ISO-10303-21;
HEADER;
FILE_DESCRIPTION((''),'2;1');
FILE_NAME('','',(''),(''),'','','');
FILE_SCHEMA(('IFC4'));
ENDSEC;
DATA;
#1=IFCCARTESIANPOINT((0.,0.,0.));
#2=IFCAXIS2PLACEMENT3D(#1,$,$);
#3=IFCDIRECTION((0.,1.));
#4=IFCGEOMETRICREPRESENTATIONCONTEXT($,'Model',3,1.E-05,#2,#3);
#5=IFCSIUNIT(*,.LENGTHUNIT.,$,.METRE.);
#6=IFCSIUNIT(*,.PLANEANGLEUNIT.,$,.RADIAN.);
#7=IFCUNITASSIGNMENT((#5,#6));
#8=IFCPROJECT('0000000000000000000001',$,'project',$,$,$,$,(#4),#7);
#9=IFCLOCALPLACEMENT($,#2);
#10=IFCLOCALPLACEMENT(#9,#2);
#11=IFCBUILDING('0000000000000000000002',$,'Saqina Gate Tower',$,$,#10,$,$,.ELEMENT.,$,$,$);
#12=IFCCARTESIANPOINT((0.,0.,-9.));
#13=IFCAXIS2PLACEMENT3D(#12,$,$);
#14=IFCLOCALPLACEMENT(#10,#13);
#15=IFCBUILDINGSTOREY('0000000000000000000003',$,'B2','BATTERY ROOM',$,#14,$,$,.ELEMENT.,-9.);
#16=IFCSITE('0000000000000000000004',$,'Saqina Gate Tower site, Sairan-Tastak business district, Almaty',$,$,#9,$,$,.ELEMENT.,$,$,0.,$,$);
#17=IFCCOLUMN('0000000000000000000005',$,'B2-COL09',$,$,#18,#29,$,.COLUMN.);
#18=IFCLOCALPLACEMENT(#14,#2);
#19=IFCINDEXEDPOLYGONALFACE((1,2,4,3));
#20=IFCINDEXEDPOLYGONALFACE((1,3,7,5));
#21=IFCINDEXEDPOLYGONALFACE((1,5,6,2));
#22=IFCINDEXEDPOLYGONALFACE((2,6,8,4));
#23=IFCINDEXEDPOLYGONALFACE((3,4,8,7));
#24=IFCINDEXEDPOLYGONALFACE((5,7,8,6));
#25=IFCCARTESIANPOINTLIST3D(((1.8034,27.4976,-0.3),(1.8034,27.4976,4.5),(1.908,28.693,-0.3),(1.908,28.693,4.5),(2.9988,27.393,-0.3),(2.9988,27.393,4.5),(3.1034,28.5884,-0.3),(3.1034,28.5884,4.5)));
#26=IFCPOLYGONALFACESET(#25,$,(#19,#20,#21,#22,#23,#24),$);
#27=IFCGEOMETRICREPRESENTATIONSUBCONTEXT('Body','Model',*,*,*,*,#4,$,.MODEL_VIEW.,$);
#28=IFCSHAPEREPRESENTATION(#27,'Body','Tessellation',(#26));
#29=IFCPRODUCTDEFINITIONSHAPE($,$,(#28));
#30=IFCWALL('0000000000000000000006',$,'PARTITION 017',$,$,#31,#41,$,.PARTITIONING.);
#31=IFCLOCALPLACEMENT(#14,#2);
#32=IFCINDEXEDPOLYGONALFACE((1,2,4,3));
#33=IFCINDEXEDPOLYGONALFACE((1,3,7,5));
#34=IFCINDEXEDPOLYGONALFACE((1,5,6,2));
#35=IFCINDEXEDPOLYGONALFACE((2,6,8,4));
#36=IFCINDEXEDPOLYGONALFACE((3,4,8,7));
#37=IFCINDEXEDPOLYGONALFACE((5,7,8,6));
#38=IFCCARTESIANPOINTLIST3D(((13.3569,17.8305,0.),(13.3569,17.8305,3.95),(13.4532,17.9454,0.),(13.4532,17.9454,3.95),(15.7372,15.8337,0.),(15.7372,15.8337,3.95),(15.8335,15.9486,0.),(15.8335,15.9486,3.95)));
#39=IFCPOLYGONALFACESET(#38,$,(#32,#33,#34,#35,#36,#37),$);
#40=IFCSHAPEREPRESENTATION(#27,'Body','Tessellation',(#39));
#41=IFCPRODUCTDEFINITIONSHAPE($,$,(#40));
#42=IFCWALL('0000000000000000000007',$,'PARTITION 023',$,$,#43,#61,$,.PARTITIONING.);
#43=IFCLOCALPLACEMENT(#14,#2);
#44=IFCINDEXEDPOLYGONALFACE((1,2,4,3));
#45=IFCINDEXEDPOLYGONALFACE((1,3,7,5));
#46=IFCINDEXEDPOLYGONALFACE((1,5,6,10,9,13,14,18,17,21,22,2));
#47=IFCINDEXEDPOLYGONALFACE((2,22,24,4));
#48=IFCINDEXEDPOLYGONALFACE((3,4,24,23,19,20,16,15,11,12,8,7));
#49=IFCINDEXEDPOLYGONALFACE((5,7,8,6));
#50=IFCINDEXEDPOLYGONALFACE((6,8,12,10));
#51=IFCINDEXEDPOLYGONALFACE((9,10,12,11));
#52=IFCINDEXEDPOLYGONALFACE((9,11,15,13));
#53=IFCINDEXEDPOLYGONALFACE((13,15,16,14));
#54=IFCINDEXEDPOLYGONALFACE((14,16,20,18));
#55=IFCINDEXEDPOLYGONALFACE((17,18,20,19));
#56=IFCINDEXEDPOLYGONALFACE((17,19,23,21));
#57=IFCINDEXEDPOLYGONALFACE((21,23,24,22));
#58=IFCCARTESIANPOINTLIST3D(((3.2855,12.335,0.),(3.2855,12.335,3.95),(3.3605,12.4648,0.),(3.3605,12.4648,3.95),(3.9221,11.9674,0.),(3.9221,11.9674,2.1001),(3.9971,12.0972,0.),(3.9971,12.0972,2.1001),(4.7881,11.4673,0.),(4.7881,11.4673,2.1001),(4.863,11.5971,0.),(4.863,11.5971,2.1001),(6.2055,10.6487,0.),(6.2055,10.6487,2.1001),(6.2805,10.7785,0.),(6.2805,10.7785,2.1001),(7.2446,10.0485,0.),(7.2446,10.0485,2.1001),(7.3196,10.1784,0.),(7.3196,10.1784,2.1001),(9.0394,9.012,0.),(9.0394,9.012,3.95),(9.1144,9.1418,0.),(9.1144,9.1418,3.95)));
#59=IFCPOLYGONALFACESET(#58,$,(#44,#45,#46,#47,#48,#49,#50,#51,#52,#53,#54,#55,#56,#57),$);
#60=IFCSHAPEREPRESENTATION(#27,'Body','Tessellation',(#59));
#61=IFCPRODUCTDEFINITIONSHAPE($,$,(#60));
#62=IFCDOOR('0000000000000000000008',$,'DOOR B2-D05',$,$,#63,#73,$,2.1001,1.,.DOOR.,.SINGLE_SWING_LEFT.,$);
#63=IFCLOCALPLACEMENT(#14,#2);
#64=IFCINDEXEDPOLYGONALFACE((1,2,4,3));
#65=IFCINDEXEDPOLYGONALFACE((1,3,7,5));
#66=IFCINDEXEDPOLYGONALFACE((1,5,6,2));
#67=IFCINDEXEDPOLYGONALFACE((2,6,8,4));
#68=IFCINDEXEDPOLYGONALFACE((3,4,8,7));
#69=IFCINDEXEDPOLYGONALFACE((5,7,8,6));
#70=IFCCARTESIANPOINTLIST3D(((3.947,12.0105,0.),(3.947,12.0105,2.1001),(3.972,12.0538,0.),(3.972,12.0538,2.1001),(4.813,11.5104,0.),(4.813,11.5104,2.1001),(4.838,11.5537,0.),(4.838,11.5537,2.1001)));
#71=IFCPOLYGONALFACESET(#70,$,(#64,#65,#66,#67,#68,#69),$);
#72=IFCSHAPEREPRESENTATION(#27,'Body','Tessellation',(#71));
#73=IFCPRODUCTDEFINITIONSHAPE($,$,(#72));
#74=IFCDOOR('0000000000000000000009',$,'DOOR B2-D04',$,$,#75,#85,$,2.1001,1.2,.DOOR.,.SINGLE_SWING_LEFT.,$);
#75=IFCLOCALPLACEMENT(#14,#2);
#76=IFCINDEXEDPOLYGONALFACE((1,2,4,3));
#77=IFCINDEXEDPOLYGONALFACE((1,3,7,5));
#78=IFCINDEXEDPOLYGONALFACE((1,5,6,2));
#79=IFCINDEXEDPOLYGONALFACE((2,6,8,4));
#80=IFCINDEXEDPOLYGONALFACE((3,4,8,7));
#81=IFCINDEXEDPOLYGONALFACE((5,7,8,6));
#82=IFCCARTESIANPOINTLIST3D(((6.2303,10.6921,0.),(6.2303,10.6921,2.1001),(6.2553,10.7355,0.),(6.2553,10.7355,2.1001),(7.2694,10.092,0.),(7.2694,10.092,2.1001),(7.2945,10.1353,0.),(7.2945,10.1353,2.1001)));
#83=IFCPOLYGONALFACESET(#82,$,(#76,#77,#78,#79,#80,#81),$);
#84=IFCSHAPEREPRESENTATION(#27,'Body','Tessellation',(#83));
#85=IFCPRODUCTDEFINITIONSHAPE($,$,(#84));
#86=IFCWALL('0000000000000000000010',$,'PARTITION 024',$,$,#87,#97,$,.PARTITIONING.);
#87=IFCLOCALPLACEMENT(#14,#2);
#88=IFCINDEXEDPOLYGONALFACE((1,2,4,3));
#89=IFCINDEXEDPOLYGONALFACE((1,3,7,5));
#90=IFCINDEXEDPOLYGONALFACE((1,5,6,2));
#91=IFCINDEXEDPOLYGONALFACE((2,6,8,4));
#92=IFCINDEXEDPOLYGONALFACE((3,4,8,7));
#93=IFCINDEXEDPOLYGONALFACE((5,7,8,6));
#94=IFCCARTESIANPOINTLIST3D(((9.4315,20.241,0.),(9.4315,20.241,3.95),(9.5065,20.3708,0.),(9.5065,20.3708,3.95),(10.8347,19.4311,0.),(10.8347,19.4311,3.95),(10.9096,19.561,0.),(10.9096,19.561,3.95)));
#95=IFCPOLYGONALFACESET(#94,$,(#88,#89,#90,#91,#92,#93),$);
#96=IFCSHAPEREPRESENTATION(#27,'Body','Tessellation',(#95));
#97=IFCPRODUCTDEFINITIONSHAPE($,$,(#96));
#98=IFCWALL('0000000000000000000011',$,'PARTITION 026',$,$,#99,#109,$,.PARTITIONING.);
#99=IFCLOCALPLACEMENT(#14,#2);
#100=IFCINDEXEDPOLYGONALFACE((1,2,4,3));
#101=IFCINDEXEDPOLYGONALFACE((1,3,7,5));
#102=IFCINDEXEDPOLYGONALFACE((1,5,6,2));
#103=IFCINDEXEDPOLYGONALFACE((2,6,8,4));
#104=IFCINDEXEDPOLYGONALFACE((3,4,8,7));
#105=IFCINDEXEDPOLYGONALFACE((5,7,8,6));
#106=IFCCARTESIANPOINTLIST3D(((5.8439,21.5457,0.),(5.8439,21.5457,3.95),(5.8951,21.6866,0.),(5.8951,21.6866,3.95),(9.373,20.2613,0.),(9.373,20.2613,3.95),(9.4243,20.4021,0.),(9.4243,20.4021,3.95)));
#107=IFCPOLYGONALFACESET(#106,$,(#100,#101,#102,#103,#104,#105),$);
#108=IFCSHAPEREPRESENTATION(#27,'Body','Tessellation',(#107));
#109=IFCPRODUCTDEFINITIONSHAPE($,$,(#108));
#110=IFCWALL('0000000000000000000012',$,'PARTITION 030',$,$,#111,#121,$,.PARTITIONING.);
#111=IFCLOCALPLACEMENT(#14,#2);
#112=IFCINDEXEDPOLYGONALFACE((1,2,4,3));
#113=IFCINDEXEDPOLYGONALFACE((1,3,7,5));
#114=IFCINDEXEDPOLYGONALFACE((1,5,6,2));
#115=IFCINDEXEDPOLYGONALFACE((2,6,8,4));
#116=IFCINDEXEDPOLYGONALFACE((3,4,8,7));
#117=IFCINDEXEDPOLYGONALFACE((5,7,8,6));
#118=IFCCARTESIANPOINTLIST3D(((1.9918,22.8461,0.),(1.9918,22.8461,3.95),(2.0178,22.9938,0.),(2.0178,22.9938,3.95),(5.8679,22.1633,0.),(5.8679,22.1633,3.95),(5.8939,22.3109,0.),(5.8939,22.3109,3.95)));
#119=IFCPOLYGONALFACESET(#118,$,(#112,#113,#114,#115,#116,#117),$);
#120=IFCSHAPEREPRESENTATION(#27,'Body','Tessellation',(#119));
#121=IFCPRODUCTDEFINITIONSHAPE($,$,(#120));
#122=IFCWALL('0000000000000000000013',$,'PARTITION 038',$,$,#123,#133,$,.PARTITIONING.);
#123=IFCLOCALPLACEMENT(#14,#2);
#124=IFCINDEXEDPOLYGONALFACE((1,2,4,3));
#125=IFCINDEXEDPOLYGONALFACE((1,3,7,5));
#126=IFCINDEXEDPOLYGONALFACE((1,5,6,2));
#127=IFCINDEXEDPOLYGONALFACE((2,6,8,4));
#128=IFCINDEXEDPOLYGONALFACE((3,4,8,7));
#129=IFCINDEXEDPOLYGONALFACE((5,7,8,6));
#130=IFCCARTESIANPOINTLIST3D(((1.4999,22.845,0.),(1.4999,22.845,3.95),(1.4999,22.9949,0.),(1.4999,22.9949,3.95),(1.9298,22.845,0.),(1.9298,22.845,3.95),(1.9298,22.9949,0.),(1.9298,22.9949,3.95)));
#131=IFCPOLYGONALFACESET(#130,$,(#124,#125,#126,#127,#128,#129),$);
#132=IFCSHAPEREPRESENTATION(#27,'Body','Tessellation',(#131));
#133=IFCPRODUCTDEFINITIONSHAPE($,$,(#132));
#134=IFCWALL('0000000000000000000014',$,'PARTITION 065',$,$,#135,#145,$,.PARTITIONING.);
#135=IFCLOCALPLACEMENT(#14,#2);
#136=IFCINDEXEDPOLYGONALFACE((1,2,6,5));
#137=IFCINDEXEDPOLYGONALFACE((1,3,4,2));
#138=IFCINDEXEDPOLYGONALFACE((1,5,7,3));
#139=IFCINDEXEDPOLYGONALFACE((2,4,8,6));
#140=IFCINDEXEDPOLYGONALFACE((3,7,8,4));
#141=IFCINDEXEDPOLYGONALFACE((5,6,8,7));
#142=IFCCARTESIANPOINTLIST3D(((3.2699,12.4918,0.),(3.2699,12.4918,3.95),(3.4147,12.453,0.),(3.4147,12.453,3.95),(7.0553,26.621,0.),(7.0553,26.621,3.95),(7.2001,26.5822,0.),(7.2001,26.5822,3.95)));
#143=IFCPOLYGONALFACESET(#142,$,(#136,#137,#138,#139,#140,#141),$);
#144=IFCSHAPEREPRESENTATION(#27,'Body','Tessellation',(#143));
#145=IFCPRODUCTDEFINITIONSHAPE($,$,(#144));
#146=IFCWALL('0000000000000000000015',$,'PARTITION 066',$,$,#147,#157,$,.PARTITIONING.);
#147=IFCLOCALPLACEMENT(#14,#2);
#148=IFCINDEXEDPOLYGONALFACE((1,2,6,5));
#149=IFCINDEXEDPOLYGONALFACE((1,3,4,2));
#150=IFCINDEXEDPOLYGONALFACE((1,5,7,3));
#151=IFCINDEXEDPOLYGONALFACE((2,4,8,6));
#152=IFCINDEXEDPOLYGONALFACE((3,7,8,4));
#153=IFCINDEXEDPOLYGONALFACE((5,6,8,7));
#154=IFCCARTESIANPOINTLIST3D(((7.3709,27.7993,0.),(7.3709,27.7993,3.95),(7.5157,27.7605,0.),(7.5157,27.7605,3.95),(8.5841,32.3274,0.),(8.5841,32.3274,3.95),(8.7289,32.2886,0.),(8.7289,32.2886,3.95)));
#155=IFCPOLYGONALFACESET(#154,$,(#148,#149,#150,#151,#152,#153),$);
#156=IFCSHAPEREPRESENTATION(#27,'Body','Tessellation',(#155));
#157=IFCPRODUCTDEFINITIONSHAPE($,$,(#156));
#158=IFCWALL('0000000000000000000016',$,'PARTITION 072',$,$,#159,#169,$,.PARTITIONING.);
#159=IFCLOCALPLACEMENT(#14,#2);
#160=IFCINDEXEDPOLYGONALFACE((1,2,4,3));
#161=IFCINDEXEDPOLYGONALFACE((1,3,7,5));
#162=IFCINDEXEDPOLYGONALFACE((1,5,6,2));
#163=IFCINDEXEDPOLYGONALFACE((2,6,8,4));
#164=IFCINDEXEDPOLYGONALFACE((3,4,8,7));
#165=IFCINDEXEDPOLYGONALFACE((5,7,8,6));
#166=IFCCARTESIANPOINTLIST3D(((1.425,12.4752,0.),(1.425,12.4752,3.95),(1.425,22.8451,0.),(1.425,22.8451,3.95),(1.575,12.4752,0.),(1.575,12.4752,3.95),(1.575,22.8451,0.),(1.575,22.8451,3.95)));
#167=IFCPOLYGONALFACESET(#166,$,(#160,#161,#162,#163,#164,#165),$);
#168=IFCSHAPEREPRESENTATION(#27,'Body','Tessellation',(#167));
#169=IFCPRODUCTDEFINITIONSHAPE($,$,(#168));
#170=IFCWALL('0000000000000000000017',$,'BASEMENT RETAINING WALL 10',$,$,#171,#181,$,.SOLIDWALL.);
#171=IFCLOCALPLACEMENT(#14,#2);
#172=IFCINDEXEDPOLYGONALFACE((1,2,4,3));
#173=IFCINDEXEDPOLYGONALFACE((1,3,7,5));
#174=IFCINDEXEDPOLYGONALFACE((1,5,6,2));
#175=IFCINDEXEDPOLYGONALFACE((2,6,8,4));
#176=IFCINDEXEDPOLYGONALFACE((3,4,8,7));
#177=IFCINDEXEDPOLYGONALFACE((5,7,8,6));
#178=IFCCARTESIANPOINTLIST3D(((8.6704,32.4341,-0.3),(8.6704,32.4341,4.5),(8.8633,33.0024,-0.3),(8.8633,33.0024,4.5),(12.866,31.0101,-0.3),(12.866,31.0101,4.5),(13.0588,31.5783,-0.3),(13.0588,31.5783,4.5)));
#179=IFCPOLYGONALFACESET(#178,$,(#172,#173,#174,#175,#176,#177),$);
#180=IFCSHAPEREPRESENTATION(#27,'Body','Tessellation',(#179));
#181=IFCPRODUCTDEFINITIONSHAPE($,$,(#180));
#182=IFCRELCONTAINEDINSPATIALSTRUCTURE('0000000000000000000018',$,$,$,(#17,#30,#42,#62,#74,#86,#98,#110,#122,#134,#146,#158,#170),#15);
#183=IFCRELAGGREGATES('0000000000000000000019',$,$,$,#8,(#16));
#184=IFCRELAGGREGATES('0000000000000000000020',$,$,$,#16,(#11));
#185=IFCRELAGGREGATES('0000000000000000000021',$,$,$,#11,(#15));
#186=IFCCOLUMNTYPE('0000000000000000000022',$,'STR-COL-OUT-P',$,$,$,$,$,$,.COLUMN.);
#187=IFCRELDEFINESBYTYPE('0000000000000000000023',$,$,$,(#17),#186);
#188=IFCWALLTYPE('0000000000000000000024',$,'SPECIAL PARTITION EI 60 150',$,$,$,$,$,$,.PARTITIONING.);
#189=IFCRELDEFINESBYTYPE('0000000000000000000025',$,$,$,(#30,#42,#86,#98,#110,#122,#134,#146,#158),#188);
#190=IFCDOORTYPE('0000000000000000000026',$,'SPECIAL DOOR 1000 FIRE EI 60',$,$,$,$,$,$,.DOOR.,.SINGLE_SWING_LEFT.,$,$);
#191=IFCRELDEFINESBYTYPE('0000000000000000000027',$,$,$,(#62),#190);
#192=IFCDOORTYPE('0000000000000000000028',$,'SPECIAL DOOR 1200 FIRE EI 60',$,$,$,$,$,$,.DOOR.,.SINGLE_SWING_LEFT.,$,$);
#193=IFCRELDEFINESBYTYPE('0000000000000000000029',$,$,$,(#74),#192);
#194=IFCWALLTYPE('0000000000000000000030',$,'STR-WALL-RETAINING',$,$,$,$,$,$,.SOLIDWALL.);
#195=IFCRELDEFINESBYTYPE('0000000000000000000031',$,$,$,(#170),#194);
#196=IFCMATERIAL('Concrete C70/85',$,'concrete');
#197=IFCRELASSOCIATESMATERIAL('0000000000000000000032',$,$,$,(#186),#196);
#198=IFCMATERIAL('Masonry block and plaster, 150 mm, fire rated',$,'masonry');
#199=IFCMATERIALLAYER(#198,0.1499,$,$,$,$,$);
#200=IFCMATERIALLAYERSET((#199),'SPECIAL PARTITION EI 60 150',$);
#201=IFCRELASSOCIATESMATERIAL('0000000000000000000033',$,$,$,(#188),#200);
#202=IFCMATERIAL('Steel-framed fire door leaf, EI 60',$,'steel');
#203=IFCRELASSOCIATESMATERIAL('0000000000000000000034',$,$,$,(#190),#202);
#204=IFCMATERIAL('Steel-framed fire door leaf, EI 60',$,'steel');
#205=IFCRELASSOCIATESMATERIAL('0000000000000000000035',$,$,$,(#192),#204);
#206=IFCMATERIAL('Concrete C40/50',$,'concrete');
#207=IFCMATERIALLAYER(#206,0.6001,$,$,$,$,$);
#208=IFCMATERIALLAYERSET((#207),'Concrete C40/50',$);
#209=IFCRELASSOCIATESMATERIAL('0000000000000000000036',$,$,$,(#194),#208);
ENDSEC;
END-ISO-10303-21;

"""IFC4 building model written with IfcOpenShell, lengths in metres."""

from ifc_helpers import new_model, si_unit, direction, frame, frame_2d, origin, origin_2d, place, context, subcontext, project, spatial, rectangle, extrude, material, layer, layer_set, material_profile, profile_set, type_object, element, fill, save


model = new_model("IFC4")

# Units and contexts
model_context = context("Model", 3, precision=1e-05, world=origin(), true_north=direction((0.0, 1.0)))
body_context = subcontext(model_context, "Body", "Model", "MODEL_VIEW")
ifc_project = project(units=[si_unit("LENGTHUNIT", "METRE"), si_unit("PLANEANGLEUNIT", "RADIAN")], contexts=[model_context])

# Site, building, storey
site_placement = place(None, origin())
site = spatial("IfcSite", under=ifc_project, at=site_placement, Name="Saqina Gate Tower site, Sairan-Tastak business district, Almaty", CompositionType="ELEMENT", RefElevation=0.0)
building_placement = place(site_placement, origin())
building = spatial("IfcBuilding", under=site, at=building_placement, Name="Saqina Gate Tower", CompositionType="ELEMENT")
storey_placement = place(building_placement, frame((0.0, 0.0, -9.0)))
storey = spatial("IfcBuildingStorey", under=building, at=storey_placement, Name="B2", Description="BATTERY ROOM", CompositionType="ELEMENT", Elevation=-9.0)

# Column
ifc_material_1 = material(Name="Concrete C70/85", Category="concrete")
ifc_material_profile_1 = material_profile(ifc_material_1, rectangle(XDim=1.2, YDim=1.2, at=origin_2d()), Name="RC 1200x1200")
ifc_profile_set_1 = profile_set([ifc_material_profile_1], Name="Concrete C70/85")
column_type_1 = type_object("IfcColumnType", Name="STR-COL-OUT-P", PredefinedType="COLUMN", material=ifc_profile_set_1)
for number, where, z_axis, x_axis, name in (
    (1, (2.4534, 28.043, -0.3), (0.0, 0.0, 1.0), (0.087156, 0.996195, 0.0), "B2-COL09"),
):
    element("IfcColumn", number, at=place(storey_placement, frame(where, z_axis=z_axis, x_axis=x_axis)), inside=storey, type_object=column_type_1, Name=name, PredefinedType="COLUMN", context=body_context, shape_type="SweptSolid", body=[
        extrude(rectangle(XDim=1.2, YDim=1.2, at=origin_2d()), origin(), (0.0, 0.0, 1.0), 4.8),
    ])

# Wall
ifc_material_2 = material(Name="Masonry block and plaster, 150 mm, fire rated", Category="masonry")
ifc_layer_1 = layer(ifc_material_2, 0.1499)
ifc_layer_set_1 = layer_set([ifc_layer_1], Name="SPECIAL PARTITION EI 60 150")
wall_type_1 = type_object("IfcWallType", Name="SPECIAL PARTITION EI 60 150", PredefinedType="PARTITIONING", material=ifc_layer_set_1)
wall_1_placement = place(storey_placement, frame((13.405, 17.8879, 0.0), z_axis=(0.0, 0.0, 1.0), x_axis=(0.76613, -0.642685, 0.0)))
element("IfcWall", 2, at=wall_1_placement, inside=storey, type_object=wall_type_1, Name="PARTITION 017", PredefinedType="PARTITIONING", context=body_context, shape_type="SweptSolid", body=[
    extrude(rectangle(XDim=3.1069, YDim=0.1499, at=frame_2d((1.5535, 0.0))), origin(), (0.0, 0.0, 1.0), 3.95),
])

# Wall, openings, doors
wall_2_placement = place(storey_placement, frame((3.323, 12.3999, 0.0), z_axis=(0.0, 0.0, 1.0), x_axis=(0.865962, -0.50011, 0.0)))
wall_2 = element("IfcWall", 3, at=wall_2_placement, inside=storey, type_object=wall_type_1, Name="PARTITION 023", PredefinedType="PARTITIONING", context=body_context, shape_type="SweptSolid", body=[
    extrude(rectangle(XDim=6.6445, YDim=0.1499, at=frame_2d((3.3223, 0.0))), origin(), (0.0, 0.0, 1.0), 3.95),
])
opening_1_placement = place(wall_2_placement, frame((3.3718, 0.0, 0.0)))
opening_1 = element("IfcOpeningElement", 4, at=opening_1_placement, cuts=wall_2, PredefinedType="OPENING", context=body_context, shape_type="SweptSolid", body=[
    extrude(rectangle(XDim=1.2, YDim=2.1001, at=frame_2d((0.6001, 1.05))), frame((0.0, 0.0869, 0.0), z_axis=(0.0, -1.0, 0.0), x_axis=(1.0, 0.0, 0.0)), (0.0, 0.0, 1.0), 0.1738),
])
opening_2_placement = place(wall_2_placement, frame((0.7351, 0.0, 0.0)))
opening_2 = element("IfcOpeningElement", 5, at=opening_2_placement, cuts=wall_2, PredefinedType="OPENING", context=body_context, shape_type="SweptSolid", body=[
    extrude(rectangle(XDim=1.0, YDim=2.1001, at=frame_2d((0.5, 1.05))), frame((0.0, 0.0869, 0.0), z_axis=(0.0, -1.0, 0.0), x_axis=(1.0, 0.0, 0.0)), (0.0, 0.0, 1.0), 0.1738),
])
ifc_material_3 = material(Name="Steel-framed fire door leaf, EI 60", Category="steel")
door_type_1 = type_object("IfcDoorType", Name="SPECIAL DOOR 1000 FIRE EI 60", OperationType="SINGLE_SWING_LEFT", PredefinedType="DOOR", material=ifc_material_3)
door_1_placement = place(opening_2_placement, origin())
door_1 = element("IfcDoor", 6, at=door_1_placement, inside=storey, type_object=door_type_1, Name="DOOR B2-D05", OperationType="SINGLE_SWING_LEFT", OverallHeight=2.1001, OverallWidth=1.0, PredefinedType="DOOR", context=body_context, shape_type="SweptSolid", body=[
    extrude(rectangle(XDim=1.0, YDim=2.1001, at=frame_2d((0.5, 1.05))), frame((0.0, 0.0249, 0.0), z_axis=(0.0, -1.0, 0.0), x_axis=(1.0, 0.0, 0.0)), (0.0, 0.0, 1.0), 0.05),
])
fill(opening_2, door_1)
ifc_material_4 = material(Name="Steel-framed fire door leaf, EI 60", Category="steel")
door_type_2 = type_object("IfcDoorType", Name="SPECIAL DOOR 1200 FIRE EI 60", OperationType="SINGLE_SWING_LEFT", PredefinedType="DOOR", material=ifc_material_4)
door_2_placement = place(opening_1_placement, frame((1.2, 0.0, 0.0), z_axis=(0.0, 0.0, 1.0), x_axis=(-1.0, 0.0, 0.0)))
door_2 = element("IfcDoor", 7, at=door_2_placement, inside=storey, type_object=door_type_2, Name="DOOR B2-D04", OperationType="SINGLE_SWING_LEFT", OverallHeight=2.1001, OverallWidth=1.2, PredefinedType="DOOR", context=body_context, shape_type="SweptSolid", body=[
    extrude(rectangle(XDim=1.2, YDim=2.1001, at=frame_2d((0.6001, 1.05))), frame((0.0, 0.0249, 0.0), z_axis=(0.0, -1.0, 0.0), x_axis=(1.0, 0.0, 0.0)), (0.0, 0.0, 1.0), 0.05),
])
fill(opening_1, door_2)

# Walls
wall_3_placement = place(storey_placement, frame((9.469, 20.3059, 0.0), z_axis=(0.0, 0.0, 1.0), x_axis=(0.866093, -0.499883, 0.0)))
element("IfcWall", 8, at=wall_3_placement, inside=storey, type_object=wall_type_1, Name="PARTITION 024", PredefinedType="PARTITIONING", context=body_context, shape_type="SweptSolid", body=[
    extrude(rectangle(XDim=1.6201, YDim=0.1499, at=frame_2d((0.8101, 0.0))), origin(), (0.0, 0.0, 1.0), 3.95),
])
wall_4_placement = place(storey_placement, frame((5.8694, 21.6162, 0.0), z_axis=(0.0, 0.0, 1.0), x_axis=(0.939697, -0.342009, 0.0)))
element("IfcWall", 9, at=wall_4_placement, inside=storey, type_object=wall_type_1, Name="PARTITION 026", PredefinedType="PARTITIONING", context=body_context, shape_type="SweptSolid", body=[
    extrude(rectangle(XDim=3.7556, YDim=0.1499, at=frame_2d((1.8779, 0.0))), origin(), (0.0, 0.0, 1.0), 3.95),
])
wall_5_placement = place(storey_placement, frame((2.0049, 22.9199, 0.0), z_axis=(0.0, 0.0, 1.0), x_axis=(0.984835, -0.173495, 0.0)))
element("IfcWall", 10, at=wall_5_placement, inside=storey, type_object=wall_type_1, Name="PARTITION 030", PredefinedType="PARTITIONING", context=body_context, shape_type="SweptSolid", body=[
    extrude(rectangle(XDim=3.9358, YDim=0.1499, at=frame_2d((1.9678, 0.0))), origin(), (0.0, 0.0, 1.0), 3.95),
])
wall_6_placement = place(storey_placement, frame((1.5, 22.9199, 0.0), z_axis=(0.0, 0.0, 1.0), x_axis=(1.0, 0.0, 0.0)))
element("IfcWall", 11, at=wall_6_placement, inside=storey, type_object=wall_type_1, Name="PARTITION 038", PredefinedType="PARTITIONING", context=body_context, shape_type="SweptSolid", body=[
    extrude(rectangle(XDim=0.4299, YDim=0.1499, at=frame_2d((0.2148, 0.0))), origin(), (0.0, 0.0, 1.0), 3.95),
])
wall_7_placement = place(storey_placement, frame((3.3423, 12.4724, 0.0), z_axis=(0.0, 0.0, 1.0), x_axis=(0.258788, 0.965934, 0.0)))
element("IfcWall", 12, at=wall_7_placement, inside=storey, type_object=wall_type_1, Name="PARTITION 065", PredefinedType="PARTITIONING", context=body_context, shape_type="SweptSolid", body=[
    extrude(rectangle(XDim=14.6274, YDim=0.1499, at=frame_2d((7.3137, 0.0))), origin(), (0.0, 0.0, 1.0), 3.95),
])
wall_8_placement = place(storey_placement, frame((7.4434, 27.78, 0.0), z_axis=(0.0, 0.0, 1.0), x_axis=(0.258787, 0.965934, 0.0)))
element("IfcWall", 13, at=wall_8_placement, inside=storey, type_object=wall_type_1, Name="PARTITION 066", PredefinedType="PARTITIONING", context=body_context, shape_type="SweptSolid", body=[
    extrude(rectangle(XDim=4.6877, YDim=0.1499, at=frame_2d((2.3438, 0.0))), origin(), (0.0, 0.0, 1.0), 3.95),
])
wall_9_placement = place(storey_placement, frame((1.5, 12.4751, 0.0), z_axis=(0.0, 0.0, 1.0), x_axis=(0.0, 1.0, 0.0)))
element("IfcWall", 14, at=wall_9_placement, inside=storey, type_object=wall_type_1, Name="PARTITION 072", PredefinedType="PARTITIONING", context=body_context, shape_type="SweptSolid", body=[
    extrude(rectangle(XDim=10.3699, YDim=0.1499, at=frame_2d((5.1851, 0.0))), origin(), (0.0, 0.0, 1.0), 3.95),
])
ifc_material_5 = material(Name="Concrete C40/50", Category="concrete")
ifc_layer_2 = layer(ifc_material_5, 0.6001)
ifc_layer_set_2 = layer_set([ifc_layer_2], Name="Concrete C40/50")
wall_type_2 = type_object("IfcWallType", Name="STR-WALL-RETAINING", PredefinedType="SOLIDWALL", material=ifc_layer_set_2)
wall_10_placement = place(storey_placement, frame((12.9624, 31.2942, -0.3), z_axis=(0.0, 0.0, 1.0), x_axis=(-0.946939, 0.321414, 0.0)))
element("IfcWall", 15, at=wall_10_placement, inside=storey, type_object=wall_type_2, Name="BASEMENT RETAINING WALL 10", PredefinedType="SOLIDWALL", context=body_context, shape_type="SweptSolid", body=[
    extrude(rectangle(XDim=4.4307, YDim=0.6001, at=frame_2d((2.2153, 0.0))), origin(), (0.0, 0.0, 1.0), 4.8),
])

save(model, "model.ifc")
